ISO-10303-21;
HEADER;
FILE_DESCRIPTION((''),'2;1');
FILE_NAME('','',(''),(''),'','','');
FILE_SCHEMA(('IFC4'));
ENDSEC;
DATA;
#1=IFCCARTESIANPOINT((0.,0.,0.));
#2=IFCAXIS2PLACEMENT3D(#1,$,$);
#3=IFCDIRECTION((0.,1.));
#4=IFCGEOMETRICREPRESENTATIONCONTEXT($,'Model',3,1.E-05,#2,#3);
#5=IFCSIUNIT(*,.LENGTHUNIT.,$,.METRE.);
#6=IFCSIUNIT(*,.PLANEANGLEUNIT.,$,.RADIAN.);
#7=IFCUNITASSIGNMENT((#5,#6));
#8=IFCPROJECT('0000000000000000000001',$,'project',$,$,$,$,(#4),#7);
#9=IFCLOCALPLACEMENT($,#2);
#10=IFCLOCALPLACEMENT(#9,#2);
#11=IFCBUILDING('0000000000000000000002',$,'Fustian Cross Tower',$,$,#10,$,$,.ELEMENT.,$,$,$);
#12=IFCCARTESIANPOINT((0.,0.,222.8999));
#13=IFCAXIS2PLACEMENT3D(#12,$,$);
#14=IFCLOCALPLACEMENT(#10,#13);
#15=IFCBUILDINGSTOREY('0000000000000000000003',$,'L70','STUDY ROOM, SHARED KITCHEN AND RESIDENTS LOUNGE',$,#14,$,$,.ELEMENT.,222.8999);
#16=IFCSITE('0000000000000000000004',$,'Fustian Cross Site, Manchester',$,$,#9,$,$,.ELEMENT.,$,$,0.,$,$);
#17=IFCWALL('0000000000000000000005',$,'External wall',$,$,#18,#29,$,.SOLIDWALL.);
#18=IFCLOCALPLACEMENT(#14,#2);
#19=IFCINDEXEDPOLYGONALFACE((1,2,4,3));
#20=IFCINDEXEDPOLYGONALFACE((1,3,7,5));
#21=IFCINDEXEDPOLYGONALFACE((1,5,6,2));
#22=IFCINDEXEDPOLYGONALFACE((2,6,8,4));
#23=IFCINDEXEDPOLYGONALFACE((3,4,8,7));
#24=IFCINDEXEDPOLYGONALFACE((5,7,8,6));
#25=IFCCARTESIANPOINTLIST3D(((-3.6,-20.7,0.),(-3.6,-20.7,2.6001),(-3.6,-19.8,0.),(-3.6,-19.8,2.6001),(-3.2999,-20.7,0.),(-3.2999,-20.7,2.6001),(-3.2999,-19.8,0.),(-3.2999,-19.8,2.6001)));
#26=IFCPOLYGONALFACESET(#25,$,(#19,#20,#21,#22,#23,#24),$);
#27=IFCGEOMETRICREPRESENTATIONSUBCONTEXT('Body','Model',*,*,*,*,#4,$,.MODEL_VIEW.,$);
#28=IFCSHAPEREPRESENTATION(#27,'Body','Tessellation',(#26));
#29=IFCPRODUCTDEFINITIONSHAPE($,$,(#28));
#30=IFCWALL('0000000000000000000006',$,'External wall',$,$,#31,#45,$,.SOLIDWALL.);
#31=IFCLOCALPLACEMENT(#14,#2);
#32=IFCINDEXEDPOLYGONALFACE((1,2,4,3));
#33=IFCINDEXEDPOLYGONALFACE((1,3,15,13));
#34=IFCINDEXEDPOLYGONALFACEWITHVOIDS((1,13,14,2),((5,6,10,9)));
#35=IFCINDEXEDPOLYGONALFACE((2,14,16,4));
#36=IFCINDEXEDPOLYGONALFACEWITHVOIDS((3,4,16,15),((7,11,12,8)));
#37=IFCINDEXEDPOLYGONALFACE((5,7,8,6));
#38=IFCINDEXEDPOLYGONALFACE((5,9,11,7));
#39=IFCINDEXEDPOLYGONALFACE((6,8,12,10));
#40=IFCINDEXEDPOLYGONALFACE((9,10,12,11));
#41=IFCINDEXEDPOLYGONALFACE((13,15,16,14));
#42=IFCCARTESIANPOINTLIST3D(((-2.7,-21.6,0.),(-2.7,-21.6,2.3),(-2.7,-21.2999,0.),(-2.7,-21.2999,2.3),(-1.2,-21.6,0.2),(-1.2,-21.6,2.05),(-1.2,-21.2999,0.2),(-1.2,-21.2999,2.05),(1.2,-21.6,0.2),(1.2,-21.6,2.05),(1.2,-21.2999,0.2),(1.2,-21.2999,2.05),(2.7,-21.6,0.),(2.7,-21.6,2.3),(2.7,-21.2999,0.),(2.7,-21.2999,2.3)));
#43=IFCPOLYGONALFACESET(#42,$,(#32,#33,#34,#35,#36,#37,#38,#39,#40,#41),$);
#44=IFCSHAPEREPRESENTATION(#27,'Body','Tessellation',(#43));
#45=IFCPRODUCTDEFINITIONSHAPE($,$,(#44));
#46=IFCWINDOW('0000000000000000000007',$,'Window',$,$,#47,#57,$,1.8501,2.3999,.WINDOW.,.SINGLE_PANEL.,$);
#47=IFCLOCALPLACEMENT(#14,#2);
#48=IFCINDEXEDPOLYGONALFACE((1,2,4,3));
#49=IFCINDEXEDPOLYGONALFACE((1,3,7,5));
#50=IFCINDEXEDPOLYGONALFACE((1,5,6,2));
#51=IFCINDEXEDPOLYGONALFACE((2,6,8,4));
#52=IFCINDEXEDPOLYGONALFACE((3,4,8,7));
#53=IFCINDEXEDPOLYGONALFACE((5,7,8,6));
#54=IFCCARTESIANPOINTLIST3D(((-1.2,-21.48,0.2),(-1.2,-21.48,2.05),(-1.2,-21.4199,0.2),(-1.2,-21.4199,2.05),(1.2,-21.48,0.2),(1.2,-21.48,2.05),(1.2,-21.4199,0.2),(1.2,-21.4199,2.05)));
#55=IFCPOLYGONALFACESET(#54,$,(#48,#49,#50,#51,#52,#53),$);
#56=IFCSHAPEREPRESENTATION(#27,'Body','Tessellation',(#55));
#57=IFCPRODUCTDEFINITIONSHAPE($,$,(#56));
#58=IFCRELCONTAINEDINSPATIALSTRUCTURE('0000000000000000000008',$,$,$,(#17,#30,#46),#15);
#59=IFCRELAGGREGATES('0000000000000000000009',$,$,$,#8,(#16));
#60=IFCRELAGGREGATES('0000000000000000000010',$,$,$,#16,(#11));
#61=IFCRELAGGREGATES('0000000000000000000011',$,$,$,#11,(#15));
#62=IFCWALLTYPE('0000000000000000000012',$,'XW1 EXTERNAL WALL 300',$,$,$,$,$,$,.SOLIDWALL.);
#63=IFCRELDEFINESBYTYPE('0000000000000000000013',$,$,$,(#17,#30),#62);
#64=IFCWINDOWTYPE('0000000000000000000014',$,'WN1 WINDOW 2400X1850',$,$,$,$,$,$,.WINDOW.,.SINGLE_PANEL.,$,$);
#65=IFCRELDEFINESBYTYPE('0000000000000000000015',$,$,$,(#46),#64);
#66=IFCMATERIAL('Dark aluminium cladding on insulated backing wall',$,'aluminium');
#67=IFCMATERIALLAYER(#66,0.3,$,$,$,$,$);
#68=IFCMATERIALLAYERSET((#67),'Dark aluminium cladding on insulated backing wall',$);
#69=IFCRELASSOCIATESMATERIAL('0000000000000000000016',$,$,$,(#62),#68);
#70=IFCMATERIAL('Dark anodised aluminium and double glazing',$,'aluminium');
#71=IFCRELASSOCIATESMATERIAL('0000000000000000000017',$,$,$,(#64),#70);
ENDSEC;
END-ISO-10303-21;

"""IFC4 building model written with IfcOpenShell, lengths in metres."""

from ifc_helpers import new_model, si_unit, direction, frame, frame_2d, origin, place, context, subcontext, project, spatial, rectangle, extrude, material, layer, layer_set, type_object, element, fill, save


model = new_model("IFC4")

# Units and contexts
model_context = context("Model", 3, precision=1e-05, world=origin(), true_north=direction((0.0, 1.0)))
body_context = subcontext(model_context, "Body", "Model", "MODEL_VIEW")
ifc_project = project(units=[si_unit("LENGTHUNIT", "METRE"), si_unit("PLANEANGLEUNIT", "RADIAN")], contexts=[model_context])

# Site, building, storey
site_placement = place(None, origin())
site = spatial("IfcSite", under=ifc_project, at=site_placement, Name="Fustian Cross Site, Manchester", CompositionType="ELEMENT", RefElevation=0.0)
building_placement = place(site_placement, origin())
building = spatial("IfcBuilding", under=site, at=building_placement, Name="Fustian Cross Tower", CompositionType="ELEMENT")
storey_placement = place(building_placement, frame((0.0, 0.0, 222.8999)))
storey = spatial("IfcBuildingStorey", under=building, at=storey_placement, Name="L70", Description="STUDY ROOM, SHARED KITCHEN AND RESIDENTS LOUNGE", CompositionType="ELEMENT", Elevation=222.8999)

# Shared definitions
ifc_material_1 = material(Name="Dark aluminium cladding on insulated backing wall", Category="aluminium")
ifc_layer_1 = layer(ifc_material_1, 0.3)
ifc_layer_set_1 = layer_set([ifc_layer_1], Name="Dark aluminium cladding on insulated backing wall")
wall_type_1 = type_object("IfcWallType", Name="XW1 EXTERNAL WALL 300", PredefinedType="SOLIDWALL", material=ifc_layer_set_1)

# Wall
wall_1_placement = place(storey_placement, frame((-3.45, -19.8, 0.0), z_axis=(0.0, 0.0, 1.0), x_axis=(0.0, -1.0, 0.0)))
element("IfcWall", 1, at=wall_1_placement, inside=storey, type_object=wall_type_1, Name="External wall", PredefinedType="SOLIDWALL", context=body_context, shape_type="SweptSolid", body=[
    extrude(rectangle(XDim=0.8999, YDim=0.3, at=frame_2d((0.45, 0.0))), origin(), (0.0, 0.0, 1.0), 2.6001),
])

# Wall, opening, window
wall_2_placement = place(storey_placement, frame((-2.7, -21.45, 0.0), z_axis=(0.0, 0.0, 1.0), x_axis=(1.0, 0.0, 0.0)))
wall_2 = element("IfcWall", 2, at=wall_2_placement, inside=storey, type_object=wall_type_1, Name="External wall", PredefinedType="SOLIDWALL", context=body_context, shape_type="SweptSolid", body=[
    extrude(rectangle(XDim=5.3999, YDim=0.3, at=frame_2d((2.7, 0.0))), origin(), (0.0, 0.0, 1.0), 2.3),
])
opening_1_placement = place(wall_2_placement, frame((1.5, 0.0, 0.2)))
opening_1 = element("IfcOpeningElement", 3, at=opening_1_placement, cuts=wall_2, PredefinedType="OPENING", context=body_context, shape_type="SweptSolid", body=[
    extrude(rectangle(XDim=2.3999, YDim=1.8501, at=frame_2d((1.2, 0.925))), frame((0.0, 0.1599, 0.0), z_axis=(0.0, -1.0, 0.0), x_axis=(1.0, 0.0, 0.0)), (0.0, 0.0, 1.0), 0.3201),
])
ifc_material_2 = material(Name="Dark anodised aluminium and double glazing", Category="aluminium")
window_type_1 = type_object("IfcWindowType", Name="WN1 WINDOW 2400X1850", PartitioningType="SINGLE_PANEL", PredefinedType="WINDOW", material=ifc_material_2)
window_1_placement = place(opening_1_placement, origin())
window_1 = element("IfcWindow", 4, at=window_1_placement, inside=storey, type_object=window_type_1, Name="Window", OverallHeight=1.8501, OverallWidth=2.3999, PartitioningType="SINGLE_PANEL", PredefinedType="WINDOW", context=body_context, shape_type="SweptSolid", body=[
    extrude(rectangle(XDim=2.3999, YDim=1.8501, at=frame_2d((1.2, 0.925))), frame((0.0, 0.03, 0.0), z_axis=(0.0, -1.0, 0.0), x_axis=(1.0, 0.0, 0.0)), (0.0, 0.0, 1.0), 0.0601),
])
fill(opening_1, window_1)

save(model, "model.ifc")
